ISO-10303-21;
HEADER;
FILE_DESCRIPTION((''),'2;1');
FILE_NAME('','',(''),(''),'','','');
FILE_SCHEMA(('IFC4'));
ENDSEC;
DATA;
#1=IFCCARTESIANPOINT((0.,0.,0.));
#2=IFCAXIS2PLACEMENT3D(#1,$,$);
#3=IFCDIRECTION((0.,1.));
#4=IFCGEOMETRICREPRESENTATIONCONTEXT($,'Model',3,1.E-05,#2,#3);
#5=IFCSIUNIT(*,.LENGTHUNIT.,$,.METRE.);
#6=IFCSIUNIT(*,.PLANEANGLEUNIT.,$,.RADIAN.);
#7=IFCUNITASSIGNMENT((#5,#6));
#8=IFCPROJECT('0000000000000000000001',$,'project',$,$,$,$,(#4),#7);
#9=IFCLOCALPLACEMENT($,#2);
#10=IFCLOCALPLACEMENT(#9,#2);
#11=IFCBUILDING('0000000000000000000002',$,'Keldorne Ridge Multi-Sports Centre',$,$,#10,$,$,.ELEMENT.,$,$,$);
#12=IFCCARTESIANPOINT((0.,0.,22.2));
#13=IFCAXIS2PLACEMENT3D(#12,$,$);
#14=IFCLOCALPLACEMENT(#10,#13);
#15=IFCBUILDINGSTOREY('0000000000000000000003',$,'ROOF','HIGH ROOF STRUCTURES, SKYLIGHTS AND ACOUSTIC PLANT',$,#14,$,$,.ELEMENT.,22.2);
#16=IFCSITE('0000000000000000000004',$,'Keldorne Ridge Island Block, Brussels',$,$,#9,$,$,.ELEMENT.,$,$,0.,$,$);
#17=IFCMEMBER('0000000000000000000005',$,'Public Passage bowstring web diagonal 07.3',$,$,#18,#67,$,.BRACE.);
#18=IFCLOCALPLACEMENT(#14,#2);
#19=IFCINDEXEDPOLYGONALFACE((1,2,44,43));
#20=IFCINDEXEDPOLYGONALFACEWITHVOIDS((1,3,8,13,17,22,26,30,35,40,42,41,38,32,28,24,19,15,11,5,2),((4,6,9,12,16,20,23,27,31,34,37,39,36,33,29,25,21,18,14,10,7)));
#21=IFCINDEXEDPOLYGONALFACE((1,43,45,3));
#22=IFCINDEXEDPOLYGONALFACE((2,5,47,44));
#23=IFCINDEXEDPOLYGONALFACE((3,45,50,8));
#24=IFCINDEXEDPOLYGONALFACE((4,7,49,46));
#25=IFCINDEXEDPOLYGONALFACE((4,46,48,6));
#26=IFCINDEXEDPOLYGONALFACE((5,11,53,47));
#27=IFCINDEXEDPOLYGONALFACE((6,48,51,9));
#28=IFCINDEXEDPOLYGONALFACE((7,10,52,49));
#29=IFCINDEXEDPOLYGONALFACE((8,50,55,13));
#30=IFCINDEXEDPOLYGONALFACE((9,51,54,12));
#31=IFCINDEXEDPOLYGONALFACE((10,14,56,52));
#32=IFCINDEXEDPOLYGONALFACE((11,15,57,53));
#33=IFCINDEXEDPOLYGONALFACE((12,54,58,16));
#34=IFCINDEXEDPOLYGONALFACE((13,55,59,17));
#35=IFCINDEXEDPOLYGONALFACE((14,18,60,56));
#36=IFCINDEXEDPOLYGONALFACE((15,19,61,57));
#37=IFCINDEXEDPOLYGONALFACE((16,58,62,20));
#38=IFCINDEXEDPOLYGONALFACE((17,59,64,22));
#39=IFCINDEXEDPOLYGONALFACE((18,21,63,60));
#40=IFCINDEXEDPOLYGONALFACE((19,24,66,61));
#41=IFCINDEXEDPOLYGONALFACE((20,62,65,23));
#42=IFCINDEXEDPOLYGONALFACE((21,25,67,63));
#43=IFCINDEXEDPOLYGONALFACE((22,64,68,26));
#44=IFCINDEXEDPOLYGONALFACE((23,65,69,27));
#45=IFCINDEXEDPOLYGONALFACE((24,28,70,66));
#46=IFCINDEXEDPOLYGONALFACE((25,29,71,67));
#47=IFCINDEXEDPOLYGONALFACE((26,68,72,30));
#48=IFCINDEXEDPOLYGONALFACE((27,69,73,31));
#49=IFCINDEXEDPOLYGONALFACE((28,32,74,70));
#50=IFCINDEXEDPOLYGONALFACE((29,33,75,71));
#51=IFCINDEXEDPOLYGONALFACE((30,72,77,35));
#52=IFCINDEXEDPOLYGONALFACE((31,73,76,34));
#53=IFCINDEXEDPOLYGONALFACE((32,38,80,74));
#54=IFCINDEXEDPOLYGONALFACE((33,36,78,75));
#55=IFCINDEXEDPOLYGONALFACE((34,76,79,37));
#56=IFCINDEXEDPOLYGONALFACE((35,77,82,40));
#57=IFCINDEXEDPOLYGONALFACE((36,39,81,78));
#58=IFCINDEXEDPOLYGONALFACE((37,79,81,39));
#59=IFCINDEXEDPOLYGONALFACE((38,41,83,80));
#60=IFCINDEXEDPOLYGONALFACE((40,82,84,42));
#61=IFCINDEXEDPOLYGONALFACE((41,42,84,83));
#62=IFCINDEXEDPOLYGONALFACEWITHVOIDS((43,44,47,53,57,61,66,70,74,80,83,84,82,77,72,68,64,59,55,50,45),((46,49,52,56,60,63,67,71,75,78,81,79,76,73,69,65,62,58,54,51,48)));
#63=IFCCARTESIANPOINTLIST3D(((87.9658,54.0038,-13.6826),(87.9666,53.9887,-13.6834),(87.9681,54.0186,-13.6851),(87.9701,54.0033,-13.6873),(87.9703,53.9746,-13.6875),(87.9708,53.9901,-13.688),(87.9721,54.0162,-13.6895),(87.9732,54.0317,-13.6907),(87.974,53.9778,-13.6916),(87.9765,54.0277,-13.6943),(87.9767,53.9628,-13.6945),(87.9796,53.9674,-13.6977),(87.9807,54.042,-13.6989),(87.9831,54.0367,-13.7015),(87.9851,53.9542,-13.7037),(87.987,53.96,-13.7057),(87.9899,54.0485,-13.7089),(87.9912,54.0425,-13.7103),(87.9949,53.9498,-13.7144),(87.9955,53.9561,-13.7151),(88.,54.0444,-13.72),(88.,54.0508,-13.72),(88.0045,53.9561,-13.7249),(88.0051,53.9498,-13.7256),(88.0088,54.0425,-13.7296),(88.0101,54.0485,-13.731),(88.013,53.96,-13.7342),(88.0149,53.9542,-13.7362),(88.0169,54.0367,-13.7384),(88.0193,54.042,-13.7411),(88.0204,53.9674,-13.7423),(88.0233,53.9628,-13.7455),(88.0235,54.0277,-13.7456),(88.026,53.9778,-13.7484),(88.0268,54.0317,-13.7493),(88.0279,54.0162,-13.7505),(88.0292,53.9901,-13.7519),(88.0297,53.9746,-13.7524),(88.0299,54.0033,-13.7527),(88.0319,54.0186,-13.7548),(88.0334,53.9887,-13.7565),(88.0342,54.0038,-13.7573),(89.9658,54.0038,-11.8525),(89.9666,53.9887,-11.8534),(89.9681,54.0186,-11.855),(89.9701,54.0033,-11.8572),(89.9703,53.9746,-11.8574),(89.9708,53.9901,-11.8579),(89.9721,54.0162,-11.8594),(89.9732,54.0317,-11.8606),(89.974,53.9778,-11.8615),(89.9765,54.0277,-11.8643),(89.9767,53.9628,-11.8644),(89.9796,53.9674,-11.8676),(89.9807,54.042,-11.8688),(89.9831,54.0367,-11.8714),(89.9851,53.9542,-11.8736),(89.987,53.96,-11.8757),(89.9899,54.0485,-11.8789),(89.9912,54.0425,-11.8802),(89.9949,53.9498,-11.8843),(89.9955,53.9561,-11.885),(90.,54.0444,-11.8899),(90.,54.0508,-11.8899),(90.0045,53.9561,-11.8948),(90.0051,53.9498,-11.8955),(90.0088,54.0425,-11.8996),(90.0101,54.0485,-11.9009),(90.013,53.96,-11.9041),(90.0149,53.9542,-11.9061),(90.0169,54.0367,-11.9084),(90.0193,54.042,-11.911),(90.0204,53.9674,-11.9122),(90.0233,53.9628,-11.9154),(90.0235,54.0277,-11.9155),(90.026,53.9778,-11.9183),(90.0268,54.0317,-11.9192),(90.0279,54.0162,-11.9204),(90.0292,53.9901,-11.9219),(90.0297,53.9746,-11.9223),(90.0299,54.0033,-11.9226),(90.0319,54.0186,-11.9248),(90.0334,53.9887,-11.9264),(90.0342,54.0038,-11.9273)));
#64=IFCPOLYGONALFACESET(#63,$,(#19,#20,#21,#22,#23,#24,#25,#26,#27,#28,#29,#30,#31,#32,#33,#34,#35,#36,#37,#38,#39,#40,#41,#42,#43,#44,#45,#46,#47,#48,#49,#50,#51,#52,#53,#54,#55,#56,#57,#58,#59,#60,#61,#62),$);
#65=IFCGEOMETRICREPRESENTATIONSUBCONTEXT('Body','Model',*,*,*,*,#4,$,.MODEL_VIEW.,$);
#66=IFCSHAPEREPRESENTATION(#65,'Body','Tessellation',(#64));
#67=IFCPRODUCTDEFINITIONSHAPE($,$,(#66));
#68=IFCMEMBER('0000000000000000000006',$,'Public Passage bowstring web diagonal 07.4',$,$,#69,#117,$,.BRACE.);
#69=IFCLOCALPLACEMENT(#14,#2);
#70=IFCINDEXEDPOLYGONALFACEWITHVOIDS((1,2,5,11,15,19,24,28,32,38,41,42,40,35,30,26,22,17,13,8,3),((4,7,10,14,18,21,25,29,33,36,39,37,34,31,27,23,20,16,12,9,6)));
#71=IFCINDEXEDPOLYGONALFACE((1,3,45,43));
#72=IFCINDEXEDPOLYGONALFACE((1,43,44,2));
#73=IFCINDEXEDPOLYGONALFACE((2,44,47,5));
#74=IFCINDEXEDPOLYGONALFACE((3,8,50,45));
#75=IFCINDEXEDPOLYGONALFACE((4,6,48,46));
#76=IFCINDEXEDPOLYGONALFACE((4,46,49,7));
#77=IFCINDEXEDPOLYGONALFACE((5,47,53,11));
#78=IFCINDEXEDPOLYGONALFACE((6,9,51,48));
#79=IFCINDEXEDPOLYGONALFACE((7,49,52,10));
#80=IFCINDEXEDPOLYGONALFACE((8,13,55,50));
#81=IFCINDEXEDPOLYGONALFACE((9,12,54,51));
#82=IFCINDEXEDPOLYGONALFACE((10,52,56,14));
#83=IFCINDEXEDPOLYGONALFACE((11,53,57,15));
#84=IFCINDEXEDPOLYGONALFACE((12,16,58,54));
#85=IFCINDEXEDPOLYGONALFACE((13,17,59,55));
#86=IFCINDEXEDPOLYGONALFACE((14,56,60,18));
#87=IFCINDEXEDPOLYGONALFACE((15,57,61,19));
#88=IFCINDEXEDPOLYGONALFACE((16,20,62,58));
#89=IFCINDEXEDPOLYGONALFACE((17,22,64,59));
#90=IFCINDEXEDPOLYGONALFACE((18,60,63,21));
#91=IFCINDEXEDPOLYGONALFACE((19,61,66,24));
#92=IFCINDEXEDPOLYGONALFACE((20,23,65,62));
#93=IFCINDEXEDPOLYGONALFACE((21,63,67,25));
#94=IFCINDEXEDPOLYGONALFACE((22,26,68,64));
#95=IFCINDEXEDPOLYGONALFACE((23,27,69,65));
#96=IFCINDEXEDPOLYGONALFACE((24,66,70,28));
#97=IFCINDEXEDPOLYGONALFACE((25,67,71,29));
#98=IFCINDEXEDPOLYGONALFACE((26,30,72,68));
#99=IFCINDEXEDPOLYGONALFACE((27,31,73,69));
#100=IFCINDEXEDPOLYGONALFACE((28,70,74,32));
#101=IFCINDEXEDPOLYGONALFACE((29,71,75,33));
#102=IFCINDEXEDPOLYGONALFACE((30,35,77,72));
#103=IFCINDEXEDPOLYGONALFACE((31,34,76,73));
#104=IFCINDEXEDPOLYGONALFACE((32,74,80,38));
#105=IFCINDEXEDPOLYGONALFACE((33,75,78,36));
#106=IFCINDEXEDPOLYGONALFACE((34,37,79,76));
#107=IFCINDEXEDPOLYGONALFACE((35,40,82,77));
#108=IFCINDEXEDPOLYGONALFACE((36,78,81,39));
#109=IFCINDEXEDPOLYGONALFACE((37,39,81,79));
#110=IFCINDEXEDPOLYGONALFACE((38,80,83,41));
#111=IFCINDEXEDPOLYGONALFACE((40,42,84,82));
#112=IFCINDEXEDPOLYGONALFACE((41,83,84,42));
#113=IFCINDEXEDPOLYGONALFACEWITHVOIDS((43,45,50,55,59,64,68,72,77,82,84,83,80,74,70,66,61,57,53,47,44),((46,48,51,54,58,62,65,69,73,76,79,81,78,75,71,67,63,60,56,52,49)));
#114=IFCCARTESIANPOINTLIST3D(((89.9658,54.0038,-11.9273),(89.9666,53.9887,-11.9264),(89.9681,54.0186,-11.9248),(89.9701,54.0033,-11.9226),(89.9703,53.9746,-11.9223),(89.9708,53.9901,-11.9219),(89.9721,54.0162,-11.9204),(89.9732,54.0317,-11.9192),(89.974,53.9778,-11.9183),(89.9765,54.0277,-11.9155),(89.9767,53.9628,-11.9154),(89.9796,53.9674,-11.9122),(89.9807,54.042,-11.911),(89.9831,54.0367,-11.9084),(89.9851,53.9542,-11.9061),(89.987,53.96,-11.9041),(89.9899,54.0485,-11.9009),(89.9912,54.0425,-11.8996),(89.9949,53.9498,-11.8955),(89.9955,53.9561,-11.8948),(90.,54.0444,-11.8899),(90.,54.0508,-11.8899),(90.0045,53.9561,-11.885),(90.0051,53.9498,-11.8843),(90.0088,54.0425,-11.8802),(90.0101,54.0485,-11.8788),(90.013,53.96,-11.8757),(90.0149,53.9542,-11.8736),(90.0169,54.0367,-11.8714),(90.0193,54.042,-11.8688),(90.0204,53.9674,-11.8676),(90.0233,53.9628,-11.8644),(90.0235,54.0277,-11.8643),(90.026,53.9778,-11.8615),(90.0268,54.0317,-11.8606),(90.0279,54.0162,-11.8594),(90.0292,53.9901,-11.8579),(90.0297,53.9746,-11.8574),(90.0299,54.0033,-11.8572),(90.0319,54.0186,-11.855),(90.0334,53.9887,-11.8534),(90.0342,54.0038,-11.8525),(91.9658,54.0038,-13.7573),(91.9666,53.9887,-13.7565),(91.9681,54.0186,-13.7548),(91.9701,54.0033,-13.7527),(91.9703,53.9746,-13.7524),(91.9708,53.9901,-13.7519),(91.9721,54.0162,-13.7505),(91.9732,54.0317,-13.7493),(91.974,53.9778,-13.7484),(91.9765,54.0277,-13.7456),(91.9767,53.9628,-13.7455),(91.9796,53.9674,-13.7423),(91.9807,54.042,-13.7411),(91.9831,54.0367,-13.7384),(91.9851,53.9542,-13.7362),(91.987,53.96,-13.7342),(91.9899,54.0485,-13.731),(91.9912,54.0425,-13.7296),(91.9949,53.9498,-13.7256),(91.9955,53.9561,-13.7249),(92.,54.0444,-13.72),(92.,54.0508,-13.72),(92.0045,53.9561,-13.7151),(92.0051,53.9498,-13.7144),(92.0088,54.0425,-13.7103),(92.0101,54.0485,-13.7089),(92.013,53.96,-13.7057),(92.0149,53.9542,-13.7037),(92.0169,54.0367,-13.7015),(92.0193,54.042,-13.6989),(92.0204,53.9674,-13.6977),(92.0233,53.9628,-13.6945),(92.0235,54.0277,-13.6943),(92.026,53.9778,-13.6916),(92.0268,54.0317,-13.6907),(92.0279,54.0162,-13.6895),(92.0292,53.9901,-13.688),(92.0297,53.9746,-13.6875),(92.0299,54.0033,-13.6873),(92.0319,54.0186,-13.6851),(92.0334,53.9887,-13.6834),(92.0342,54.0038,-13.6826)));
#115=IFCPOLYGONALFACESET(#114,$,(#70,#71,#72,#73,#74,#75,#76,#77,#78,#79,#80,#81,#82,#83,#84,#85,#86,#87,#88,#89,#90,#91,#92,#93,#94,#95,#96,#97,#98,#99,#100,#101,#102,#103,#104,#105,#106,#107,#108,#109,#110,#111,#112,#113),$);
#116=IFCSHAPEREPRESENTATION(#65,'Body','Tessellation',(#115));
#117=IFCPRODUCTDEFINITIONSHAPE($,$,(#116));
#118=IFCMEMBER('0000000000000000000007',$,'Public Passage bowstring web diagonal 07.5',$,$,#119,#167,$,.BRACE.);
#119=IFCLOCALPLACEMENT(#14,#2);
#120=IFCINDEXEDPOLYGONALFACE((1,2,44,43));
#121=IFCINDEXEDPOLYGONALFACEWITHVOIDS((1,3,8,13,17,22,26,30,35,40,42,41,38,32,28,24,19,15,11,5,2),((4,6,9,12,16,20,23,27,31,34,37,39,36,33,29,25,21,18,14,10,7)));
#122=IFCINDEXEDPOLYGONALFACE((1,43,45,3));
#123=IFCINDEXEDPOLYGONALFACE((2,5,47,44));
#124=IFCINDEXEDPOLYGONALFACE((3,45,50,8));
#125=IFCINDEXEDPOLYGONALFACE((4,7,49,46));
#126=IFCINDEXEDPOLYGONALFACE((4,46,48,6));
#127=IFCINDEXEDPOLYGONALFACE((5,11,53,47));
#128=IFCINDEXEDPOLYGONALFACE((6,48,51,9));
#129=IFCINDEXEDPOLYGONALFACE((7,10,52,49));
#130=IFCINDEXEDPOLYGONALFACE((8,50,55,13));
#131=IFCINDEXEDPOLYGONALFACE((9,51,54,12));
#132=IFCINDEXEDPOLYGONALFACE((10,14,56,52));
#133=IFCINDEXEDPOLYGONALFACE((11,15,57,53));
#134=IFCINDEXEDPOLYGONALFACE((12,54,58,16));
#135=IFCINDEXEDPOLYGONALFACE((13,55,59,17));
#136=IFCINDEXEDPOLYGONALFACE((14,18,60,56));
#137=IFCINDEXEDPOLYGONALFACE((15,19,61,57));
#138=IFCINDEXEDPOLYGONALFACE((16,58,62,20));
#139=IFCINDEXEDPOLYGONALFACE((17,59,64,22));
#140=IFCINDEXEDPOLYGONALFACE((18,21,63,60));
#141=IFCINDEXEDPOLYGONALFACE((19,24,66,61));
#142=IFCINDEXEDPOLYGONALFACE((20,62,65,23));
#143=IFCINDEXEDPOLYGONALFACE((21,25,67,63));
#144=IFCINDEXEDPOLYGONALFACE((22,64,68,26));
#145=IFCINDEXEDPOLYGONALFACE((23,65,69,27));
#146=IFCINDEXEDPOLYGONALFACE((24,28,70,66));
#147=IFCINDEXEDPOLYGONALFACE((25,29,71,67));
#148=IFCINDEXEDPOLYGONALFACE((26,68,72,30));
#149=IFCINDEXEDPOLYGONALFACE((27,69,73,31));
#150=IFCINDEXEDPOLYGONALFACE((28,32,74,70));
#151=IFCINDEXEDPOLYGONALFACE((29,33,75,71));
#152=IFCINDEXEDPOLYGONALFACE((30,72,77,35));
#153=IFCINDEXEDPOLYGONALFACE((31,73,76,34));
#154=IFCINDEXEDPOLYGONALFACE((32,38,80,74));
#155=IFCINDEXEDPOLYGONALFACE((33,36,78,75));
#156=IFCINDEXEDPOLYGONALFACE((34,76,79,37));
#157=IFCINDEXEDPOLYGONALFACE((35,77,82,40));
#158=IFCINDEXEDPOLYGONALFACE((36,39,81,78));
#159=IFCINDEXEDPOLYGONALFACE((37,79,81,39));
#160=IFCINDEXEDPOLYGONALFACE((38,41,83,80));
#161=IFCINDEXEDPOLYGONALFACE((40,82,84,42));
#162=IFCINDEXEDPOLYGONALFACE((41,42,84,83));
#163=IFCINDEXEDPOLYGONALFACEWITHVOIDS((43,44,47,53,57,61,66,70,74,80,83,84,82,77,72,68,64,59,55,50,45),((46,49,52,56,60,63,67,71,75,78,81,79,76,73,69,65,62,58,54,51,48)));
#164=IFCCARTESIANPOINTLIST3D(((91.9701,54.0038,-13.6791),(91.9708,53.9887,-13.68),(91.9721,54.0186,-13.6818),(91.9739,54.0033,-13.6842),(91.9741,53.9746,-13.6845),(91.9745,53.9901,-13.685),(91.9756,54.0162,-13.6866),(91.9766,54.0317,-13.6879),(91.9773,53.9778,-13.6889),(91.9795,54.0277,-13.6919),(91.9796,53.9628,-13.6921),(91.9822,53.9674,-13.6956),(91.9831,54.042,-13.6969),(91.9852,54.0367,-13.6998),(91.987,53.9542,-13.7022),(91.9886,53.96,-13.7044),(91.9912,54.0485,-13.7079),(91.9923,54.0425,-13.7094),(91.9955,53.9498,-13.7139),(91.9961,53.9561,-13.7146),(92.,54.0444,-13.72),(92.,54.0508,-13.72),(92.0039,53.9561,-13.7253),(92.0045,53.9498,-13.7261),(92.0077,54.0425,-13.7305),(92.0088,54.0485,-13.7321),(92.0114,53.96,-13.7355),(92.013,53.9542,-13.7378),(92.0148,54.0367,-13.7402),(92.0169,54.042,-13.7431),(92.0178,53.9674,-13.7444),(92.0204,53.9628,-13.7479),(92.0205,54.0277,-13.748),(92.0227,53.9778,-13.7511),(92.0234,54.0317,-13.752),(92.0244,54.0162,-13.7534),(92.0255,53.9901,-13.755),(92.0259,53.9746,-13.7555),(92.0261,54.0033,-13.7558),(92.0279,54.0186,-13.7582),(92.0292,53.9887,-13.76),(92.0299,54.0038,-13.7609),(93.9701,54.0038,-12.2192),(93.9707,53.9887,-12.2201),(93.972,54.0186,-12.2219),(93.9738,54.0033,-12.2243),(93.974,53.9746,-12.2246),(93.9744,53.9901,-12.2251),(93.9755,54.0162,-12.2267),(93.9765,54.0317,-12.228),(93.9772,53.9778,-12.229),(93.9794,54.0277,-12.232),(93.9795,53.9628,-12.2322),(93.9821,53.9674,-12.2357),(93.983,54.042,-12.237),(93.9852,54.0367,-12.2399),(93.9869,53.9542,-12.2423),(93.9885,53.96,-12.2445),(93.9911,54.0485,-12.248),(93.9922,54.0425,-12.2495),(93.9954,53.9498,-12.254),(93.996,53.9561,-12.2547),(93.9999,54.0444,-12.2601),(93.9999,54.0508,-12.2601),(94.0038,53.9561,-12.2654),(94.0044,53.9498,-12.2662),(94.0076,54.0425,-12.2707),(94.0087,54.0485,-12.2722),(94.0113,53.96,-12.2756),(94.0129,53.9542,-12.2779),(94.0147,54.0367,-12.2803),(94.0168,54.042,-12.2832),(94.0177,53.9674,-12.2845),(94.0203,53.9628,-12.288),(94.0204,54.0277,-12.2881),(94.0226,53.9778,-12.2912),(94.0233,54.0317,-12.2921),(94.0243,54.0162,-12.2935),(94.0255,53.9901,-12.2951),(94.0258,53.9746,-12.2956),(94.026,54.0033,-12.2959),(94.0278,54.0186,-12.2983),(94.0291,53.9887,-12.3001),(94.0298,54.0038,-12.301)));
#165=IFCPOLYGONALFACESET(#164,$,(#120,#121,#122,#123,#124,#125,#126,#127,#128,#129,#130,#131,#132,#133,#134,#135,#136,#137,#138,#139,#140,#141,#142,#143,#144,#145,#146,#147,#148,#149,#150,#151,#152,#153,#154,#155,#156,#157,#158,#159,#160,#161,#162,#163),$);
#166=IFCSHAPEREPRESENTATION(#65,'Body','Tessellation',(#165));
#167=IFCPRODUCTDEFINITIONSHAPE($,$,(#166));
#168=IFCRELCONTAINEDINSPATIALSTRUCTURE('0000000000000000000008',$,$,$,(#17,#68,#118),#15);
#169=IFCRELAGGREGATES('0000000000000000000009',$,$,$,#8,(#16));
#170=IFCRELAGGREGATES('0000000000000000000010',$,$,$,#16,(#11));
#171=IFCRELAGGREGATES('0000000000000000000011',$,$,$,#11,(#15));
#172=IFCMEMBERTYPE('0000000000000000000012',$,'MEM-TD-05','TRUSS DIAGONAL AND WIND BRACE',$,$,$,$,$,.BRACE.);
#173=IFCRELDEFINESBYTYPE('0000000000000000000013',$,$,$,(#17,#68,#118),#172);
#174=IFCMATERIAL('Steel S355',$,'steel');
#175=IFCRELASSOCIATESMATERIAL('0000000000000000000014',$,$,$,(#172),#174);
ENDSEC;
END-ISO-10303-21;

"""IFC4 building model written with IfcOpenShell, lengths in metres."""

from ifc_helpers import new_model, si_unit, direction, frame, origin, origin_2d, place, context, subcontext, project, spatial, hollow_circle, extrude, material, material_profile, profile_set, type_object, element, save


model = new_model("IFC4")

# Units and contexts
model_context = context("Model", 3, precision=1e-05, world=origin(), true_north=direction((0.0, 1.0)))
body_context = subcontext(model_context, "Body", "Model", "MODEL_VIEW")
ifc_project = project(units=[si_unit("LENGTHUNIT", "METRE"), si_unit("PLANEANGLEUNIT", "RADIAN")], contexts=[model_context])

# Site, building, storey
site_placement = place(None, origin())
site = spatial("IfcSite", under=ifc_project, at=site_placement, Name="Keldorne Ridge Island Block, Brussels", CompositionType="ELEMENT", RefElevation=0.0)
building_placement = place(site_placement, origin())
building = spatial("IfcBuilding", under=site, at=building_placement, Name="Keldorne Ridge Multi-Sports Centre", CompositionType="ELEMENT")
storey_placement = place(building_placement, frame((0.0, 0.0, 22.2)))
storey = spatial("IfcBuildingStorey", under=building, at=storey_placement, Name="ROOF", Description="HIGH ROOF STRUCTURES, SKYLIGHTS AND ACOUSTIC PLANT", CompositionType="ELEMENT", Elevation=22.2)

# Members
ifc_material = material(Name="Steel S355", Category="steel")
ifc_material_profile_1 = material_profile(ifc_material, hollow_circle(Radius=0.0508, WallThickness=0.0063, at=origin_2d()), Name="CHS 101.6x6.3")
ifc_profile_set_1 = profile_set([ifc_material_profile_1], Name="Steel S355")
member_type_1 = type_object("IfcMemberType", Name="MEM-TD-05", Description="TRUSS DIAGONAL AND WIND BRACE", PredefinedType="BRACE", material=ifc_profile_set_1)
for number, where, z_axis, x_axis, name in (
    (1, (88.0, 54.0, -13.72), (0.737752, 0.0, 0.675072), (0.0, 1.0, 0.0), "Public Passage bowstring web diagonal 07.3"),
    (2, (90.0, 54.0, -11.8899), (0.737752, 0.0, -0.675072), (0.0, 1.0, 0.0), "Public Passage bowstring web diagonal 07.4"),
):
    element("IfcMember", number, at=place(storey_placement, frame(where, z_axis=z_axis, x_axis=x_axis)), inside=storey, type_object=member_type_1, Name=name, PredefinedType="BRACE", context=body_context, shape_type="SweptSolid", body=[
        extrude(hollow_circle(Radius=0.0508, WallThickness=0.0063, at=origin_2d()), origin(), (0.0, 0.0, 1.0), 2.7109),
    ])
for number, where, z_axis, x_axis, name in (
    (3, (92.0, 54.0, -13.72), (0.807695, 0.0, 0.589601), (0.0, 1.0, 0.0), "Public Passage bowstring web diagonal 07.5"),
):
    element("IfcMember", number, at=place(storey_placement, frame(where, z_axis=z_axis, x_axis=x_axis)), inside=storey, type_object=member_type_1, Name=name, PredefinedType="BRACE", context=body_context, shape_type="SweptSolid", body=[
        extrude(hollow_circle(Radius=0.0508, WallThickness=0.0063, at=origin_2d()), origin(), (0.0, 0.0, 1.0), 2.4761),
    ])

save(model, "model.ifc")
